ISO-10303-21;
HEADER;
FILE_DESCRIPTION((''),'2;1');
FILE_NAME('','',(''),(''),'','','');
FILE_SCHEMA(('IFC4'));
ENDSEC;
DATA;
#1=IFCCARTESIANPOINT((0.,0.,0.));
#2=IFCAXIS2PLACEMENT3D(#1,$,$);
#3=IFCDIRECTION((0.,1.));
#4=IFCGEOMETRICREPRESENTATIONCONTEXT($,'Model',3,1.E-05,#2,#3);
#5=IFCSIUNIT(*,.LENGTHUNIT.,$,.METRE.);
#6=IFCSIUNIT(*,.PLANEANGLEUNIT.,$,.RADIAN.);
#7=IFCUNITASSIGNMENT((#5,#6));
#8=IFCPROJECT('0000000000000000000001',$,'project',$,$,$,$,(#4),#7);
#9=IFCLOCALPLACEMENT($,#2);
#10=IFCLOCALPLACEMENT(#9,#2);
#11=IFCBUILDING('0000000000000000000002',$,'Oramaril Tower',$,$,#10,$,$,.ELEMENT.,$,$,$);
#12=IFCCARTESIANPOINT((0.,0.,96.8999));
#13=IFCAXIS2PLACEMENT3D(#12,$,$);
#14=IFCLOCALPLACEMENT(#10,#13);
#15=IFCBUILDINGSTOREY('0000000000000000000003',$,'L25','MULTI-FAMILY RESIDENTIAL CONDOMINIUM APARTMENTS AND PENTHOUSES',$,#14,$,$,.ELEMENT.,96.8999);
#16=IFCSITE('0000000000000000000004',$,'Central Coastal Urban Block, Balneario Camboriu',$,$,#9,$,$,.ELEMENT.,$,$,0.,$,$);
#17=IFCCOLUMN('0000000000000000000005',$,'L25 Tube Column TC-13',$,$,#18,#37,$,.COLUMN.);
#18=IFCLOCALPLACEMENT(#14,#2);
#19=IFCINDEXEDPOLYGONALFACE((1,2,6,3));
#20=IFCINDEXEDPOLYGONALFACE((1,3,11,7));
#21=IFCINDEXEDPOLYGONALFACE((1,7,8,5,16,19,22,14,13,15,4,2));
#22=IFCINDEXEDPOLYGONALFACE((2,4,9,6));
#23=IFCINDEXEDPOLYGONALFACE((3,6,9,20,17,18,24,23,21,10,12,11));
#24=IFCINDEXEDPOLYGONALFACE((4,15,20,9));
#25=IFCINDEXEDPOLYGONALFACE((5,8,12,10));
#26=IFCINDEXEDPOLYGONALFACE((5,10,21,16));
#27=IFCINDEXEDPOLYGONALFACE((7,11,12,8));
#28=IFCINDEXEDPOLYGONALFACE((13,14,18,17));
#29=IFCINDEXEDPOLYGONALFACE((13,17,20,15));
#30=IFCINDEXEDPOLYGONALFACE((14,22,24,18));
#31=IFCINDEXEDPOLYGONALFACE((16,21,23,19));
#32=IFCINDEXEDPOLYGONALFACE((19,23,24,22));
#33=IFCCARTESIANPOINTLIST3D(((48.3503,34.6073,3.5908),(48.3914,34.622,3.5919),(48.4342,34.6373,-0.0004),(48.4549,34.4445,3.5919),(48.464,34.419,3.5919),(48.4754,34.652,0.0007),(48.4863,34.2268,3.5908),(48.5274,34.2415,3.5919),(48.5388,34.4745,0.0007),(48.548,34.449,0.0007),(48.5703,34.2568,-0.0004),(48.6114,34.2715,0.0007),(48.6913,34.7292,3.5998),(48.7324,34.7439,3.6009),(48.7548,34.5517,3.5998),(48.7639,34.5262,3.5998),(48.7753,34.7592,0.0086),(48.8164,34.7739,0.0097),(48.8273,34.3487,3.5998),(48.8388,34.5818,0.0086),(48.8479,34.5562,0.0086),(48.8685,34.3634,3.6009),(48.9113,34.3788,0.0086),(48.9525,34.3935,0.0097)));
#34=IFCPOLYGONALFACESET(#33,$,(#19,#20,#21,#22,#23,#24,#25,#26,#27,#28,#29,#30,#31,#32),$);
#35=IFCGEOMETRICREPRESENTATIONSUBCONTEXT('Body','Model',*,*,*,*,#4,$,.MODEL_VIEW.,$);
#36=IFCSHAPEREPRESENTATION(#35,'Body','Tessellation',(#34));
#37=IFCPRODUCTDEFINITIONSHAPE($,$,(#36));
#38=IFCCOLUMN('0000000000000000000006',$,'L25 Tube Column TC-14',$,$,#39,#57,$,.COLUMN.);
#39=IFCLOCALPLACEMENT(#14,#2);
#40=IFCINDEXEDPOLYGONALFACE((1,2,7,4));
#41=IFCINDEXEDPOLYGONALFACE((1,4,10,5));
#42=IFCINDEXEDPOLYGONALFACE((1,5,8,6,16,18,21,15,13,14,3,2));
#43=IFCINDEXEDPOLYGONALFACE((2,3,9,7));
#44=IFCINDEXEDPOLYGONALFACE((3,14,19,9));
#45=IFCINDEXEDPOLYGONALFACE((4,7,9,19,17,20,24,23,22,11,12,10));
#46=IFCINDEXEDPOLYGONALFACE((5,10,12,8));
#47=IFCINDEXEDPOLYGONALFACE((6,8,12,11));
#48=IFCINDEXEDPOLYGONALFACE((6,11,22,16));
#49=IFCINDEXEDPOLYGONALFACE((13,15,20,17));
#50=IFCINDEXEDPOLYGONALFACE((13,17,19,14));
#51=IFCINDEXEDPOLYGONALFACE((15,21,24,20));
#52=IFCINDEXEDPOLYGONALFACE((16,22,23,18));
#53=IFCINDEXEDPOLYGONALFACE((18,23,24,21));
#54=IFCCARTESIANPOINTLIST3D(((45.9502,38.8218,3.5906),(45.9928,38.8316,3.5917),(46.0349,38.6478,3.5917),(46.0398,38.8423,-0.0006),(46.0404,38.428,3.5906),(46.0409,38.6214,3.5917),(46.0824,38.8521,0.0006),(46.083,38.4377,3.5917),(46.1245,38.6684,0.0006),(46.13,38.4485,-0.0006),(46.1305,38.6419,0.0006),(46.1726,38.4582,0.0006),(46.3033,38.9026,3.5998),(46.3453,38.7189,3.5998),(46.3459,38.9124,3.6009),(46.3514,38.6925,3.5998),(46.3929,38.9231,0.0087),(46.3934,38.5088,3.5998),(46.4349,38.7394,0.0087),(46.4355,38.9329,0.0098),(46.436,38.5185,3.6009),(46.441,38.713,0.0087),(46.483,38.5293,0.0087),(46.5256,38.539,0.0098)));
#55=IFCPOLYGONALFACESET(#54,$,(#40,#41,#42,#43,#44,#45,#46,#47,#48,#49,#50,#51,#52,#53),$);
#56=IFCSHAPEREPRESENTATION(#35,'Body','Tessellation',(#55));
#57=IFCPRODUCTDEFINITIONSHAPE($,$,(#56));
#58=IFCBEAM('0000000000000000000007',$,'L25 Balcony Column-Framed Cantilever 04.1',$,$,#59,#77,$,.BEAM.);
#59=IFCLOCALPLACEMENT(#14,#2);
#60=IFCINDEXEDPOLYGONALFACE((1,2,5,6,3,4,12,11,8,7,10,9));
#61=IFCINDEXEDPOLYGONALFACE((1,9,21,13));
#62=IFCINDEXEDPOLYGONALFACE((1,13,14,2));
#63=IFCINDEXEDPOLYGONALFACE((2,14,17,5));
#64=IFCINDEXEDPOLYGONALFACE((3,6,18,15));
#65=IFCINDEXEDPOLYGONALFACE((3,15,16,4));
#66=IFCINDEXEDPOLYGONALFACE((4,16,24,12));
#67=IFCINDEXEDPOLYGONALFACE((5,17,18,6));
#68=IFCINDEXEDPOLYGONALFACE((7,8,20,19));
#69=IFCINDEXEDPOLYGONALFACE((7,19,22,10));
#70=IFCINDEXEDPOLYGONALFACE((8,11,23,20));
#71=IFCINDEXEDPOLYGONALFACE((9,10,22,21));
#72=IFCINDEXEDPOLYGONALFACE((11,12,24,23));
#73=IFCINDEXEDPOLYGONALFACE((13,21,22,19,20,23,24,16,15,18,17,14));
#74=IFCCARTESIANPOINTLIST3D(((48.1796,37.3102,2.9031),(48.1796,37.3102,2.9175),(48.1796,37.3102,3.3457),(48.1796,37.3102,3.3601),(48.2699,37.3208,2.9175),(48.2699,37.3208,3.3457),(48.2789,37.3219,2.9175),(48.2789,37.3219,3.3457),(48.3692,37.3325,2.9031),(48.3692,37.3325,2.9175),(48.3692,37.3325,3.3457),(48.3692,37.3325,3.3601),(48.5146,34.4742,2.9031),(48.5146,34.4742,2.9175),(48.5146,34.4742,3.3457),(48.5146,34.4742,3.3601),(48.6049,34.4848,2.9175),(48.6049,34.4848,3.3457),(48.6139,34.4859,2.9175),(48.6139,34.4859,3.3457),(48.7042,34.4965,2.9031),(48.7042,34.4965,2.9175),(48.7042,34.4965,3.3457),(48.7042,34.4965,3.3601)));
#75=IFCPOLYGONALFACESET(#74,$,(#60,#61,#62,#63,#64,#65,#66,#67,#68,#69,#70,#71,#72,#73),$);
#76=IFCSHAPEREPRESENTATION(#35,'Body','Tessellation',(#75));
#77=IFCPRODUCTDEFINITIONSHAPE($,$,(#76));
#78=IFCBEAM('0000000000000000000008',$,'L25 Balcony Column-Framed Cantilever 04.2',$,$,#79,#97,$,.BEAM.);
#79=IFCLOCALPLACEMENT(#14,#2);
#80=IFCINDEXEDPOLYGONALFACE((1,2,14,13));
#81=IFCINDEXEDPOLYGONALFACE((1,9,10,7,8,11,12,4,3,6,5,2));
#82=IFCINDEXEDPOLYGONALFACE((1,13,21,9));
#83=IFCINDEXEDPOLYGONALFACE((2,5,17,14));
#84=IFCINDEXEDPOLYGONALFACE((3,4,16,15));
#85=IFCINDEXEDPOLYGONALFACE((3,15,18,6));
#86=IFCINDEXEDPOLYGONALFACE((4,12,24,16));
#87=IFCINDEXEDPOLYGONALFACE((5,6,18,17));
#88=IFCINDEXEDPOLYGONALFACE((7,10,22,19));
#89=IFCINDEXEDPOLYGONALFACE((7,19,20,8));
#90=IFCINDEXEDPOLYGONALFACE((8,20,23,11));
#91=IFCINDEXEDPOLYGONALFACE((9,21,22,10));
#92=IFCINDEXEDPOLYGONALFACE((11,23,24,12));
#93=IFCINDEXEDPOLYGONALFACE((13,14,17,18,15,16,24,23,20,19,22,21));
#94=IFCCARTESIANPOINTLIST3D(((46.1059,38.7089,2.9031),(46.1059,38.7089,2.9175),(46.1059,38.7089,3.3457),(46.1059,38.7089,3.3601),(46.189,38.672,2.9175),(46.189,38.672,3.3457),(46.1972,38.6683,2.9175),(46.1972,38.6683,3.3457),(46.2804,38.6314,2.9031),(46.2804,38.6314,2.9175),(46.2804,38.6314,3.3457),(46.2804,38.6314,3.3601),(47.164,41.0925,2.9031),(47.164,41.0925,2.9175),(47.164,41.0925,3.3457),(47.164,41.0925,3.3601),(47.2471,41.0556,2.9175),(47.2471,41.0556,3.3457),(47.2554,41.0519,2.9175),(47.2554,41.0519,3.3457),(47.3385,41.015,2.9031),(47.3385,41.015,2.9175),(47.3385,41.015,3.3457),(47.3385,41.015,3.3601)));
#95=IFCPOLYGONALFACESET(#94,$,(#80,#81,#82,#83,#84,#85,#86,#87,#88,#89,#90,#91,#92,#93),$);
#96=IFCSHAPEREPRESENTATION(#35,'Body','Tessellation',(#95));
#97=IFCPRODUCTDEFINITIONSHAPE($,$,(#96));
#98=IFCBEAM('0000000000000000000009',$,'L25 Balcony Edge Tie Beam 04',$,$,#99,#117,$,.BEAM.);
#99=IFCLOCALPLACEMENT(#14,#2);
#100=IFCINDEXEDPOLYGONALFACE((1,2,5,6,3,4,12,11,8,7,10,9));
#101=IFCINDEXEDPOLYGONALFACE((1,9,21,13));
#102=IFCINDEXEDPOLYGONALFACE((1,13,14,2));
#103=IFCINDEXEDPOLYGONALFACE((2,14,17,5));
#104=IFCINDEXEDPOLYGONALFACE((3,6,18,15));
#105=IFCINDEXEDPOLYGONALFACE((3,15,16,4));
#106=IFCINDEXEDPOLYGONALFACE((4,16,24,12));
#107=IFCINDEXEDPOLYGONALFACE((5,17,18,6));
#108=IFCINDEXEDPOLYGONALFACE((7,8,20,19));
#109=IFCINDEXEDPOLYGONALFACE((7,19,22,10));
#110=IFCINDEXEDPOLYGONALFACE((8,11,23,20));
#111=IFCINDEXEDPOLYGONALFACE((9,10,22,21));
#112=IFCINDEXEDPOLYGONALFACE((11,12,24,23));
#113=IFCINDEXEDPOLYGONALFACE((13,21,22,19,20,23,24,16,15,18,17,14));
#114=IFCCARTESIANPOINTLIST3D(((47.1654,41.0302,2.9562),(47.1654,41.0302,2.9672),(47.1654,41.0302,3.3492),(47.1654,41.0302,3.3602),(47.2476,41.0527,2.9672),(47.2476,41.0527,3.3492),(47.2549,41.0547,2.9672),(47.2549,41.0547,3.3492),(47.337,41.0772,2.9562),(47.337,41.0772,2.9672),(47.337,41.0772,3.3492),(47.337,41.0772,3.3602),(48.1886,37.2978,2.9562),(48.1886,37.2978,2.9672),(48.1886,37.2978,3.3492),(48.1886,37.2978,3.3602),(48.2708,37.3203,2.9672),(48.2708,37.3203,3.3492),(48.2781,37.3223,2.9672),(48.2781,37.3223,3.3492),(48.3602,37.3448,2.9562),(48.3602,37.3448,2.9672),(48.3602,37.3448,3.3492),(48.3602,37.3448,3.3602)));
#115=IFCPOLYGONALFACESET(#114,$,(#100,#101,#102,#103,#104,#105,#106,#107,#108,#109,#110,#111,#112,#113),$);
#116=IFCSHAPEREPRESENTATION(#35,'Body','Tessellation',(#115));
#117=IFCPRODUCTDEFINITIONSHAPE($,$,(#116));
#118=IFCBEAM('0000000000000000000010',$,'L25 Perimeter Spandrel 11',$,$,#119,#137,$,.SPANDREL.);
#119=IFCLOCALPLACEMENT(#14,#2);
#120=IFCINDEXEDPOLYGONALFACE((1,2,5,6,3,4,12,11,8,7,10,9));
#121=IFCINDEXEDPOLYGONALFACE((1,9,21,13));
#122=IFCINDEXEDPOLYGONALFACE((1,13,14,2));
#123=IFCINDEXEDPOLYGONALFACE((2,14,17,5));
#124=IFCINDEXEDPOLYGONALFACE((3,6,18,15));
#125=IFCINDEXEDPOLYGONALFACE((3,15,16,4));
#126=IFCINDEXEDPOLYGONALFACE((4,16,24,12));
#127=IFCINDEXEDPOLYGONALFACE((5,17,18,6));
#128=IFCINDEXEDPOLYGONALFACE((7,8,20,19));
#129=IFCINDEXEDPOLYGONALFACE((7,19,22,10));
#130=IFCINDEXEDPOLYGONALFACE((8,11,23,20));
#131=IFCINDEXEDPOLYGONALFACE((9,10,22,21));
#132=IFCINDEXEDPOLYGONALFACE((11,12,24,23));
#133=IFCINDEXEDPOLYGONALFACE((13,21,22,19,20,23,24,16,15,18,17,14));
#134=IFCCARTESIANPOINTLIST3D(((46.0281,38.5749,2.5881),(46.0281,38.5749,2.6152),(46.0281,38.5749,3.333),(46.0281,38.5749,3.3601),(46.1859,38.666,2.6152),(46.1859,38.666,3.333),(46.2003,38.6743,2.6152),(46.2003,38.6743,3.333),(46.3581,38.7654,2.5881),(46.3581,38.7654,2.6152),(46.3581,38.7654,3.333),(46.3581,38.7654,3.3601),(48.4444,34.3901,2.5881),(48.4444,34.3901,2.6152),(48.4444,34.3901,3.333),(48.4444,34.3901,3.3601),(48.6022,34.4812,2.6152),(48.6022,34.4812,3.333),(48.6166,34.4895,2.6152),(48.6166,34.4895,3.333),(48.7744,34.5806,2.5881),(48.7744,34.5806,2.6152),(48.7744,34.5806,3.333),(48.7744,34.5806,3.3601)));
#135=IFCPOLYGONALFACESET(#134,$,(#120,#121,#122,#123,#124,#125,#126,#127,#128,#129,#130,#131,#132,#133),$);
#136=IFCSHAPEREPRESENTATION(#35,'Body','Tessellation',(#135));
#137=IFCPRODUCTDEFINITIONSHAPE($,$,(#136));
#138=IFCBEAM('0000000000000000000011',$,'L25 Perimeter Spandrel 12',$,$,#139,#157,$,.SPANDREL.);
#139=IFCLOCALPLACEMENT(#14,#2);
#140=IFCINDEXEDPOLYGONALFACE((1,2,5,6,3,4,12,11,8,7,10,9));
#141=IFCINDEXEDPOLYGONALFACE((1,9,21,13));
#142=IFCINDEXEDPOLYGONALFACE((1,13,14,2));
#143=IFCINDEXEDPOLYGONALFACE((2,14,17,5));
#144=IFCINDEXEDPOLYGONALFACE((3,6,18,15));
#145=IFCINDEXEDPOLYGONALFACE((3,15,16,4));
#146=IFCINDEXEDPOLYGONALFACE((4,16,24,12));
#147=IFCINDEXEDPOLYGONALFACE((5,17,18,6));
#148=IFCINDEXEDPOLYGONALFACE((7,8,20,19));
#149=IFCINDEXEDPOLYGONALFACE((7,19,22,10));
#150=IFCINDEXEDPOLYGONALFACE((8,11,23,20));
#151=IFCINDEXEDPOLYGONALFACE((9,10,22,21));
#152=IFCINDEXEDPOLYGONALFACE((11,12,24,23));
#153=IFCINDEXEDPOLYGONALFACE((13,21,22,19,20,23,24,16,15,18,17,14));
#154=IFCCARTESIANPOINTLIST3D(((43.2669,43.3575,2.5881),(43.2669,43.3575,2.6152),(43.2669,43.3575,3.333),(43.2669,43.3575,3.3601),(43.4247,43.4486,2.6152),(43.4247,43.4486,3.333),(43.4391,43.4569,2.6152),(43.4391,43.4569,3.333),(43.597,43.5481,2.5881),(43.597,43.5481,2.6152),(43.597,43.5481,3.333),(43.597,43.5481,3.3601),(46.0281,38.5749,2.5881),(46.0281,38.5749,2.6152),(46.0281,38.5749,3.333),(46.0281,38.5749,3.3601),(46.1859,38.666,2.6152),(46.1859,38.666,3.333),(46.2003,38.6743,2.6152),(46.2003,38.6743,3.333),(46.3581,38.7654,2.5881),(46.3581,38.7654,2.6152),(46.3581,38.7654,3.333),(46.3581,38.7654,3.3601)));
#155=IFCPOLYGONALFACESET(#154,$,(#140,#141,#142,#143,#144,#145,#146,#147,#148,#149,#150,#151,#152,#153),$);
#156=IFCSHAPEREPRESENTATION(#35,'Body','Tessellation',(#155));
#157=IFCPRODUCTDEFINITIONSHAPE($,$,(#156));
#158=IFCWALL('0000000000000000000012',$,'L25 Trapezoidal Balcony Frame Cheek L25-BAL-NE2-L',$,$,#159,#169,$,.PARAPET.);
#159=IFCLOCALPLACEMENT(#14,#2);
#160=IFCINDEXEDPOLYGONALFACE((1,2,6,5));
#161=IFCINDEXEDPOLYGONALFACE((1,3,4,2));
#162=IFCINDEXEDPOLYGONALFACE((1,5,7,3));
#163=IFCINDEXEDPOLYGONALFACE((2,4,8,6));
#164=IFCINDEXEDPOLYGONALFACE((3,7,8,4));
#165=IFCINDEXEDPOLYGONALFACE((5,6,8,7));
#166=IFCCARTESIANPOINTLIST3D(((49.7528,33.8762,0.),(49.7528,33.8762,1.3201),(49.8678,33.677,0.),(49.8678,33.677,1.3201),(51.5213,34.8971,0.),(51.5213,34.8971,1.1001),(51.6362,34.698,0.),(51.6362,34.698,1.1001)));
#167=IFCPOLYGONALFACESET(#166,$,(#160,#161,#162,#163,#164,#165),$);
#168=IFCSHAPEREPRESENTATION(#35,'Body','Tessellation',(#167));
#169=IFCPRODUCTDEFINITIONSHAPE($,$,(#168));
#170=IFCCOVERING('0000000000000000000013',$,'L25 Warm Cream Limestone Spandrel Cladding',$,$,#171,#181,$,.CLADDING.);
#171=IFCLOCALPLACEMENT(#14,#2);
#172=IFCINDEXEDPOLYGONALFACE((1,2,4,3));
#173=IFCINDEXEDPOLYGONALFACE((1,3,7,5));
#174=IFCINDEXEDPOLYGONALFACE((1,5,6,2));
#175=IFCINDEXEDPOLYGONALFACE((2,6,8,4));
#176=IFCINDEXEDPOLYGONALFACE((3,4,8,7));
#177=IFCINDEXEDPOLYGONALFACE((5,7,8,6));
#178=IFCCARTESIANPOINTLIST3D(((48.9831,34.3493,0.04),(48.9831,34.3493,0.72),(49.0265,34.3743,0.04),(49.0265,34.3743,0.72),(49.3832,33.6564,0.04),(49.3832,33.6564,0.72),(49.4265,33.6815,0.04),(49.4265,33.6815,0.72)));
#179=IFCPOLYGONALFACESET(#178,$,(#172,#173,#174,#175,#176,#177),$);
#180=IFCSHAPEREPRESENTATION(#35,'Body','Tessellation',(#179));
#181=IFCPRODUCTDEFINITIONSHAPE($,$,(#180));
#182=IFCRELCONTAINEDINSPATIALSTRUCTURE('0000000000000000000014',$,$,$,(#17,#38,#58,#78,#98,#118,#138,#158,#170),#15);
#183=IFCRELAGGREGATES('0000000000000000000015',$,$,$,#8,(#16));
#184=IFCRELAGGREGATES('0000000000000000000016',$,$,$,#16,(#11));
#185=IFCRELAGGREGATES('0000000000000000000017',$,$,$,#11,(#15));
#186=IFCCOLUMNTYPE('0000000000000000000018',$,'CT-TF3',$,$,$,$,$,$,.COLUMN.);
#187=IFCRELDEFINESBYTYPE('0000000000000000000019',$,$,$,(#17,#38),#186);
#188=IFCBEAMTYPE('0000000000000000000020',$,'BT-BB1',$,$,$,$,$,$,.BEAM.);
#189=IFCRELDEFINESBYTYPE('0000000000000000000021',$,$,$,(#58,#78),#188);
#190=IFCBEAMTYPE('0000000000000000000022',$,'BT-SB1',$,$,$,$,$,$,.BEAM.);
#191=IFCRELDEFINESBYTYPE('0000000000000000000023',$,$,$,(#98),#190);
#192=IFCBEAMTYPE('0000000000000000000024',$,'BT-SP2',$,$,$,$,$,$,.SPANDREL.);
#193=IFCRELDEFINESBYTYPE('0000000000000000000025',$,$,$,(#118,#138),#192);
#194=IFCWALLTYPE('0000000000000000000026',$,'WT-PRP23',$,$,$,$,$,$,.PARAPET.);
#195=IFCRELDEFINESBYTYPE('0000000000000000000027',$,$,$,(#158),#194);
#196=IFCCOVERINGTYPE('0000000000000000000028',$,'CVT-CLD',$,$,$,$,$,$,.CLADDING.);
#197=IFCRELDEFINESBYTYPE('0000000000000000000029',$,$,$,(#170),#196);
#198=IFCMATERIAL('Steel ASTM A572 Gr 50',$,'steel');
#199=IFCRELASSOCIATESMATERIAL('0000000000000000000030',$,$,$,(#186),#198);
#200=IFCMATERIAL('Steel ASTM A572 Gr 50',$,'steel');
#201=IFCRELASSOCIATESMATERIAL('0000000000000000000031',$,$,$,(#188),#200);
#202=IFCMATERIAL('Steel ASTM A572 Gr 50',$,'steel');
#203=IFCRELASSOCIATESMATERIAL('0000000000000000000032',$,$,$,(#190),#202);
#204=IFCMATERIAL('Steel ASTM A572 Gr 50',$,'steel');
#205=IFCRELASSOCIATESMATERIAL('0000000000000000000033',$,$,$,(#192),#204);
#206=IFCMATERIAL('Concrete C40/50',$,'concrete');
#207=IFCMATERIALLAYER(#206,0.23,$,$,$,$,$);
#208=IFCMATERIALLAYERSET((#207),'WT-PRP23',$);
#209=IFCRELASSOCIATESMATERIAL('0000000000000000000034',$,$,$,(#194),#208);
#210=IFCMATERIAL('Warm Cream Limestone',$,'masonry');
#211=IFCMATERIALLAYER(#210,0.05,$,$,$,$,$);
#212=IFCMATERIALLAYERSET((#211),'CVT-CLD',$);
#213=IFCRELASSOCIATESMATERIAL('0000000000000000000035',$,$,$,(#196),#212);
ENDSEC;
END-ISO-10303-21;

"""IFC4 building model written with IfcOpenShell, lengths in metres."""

from ifc_helpers import new_model, si_unit, direction, frame, origin, origin_2d, place, context, subcontext, project, spatial, polyline, rectangle, i_section, outline, extrude, material, layer, layer_set, material_profile, profile_set, type_object, element, save


model = new_model("IFC4")

# Units and contexts
model_context = context("Model", 3, precision=1e-05, world=origin(), true_north=direction((0.0, 1.0)))
body_context = subcontext(model_context, "Body", "Model", "MODEL_VIEW")
ifc_project = project(units=[si_unit("LENGTHUNIT", "METRE"), si_unit("PLANEANGLEUNIT", "RADIAN")], contexts=[model_context])

# Site, building, storey
site_placement = place(None, origin())
site = spatial("IfcSite", under=ifc_project, at=site_placement, Name="Central Coastal Urban Block, Balneario Camboriu", CompositionType="ELEMENT", RefElevation=0.0)
building_placement = place(site_placement, origin())
building = spatial("IfcBuilding", under=site, at=building_placement, Name="Oramaril Tower", CompositionType="ELEMENT")
storey_placement = place(building_placement, frame((0.0, 0.0, 96.8999)))
storey = spatial("IfcBuildingStorey", under=building, at=storey_placement, Name="L25", Description="MULTI-FAMILY RESIDENTIAL CONDOMINIUM APARTMENTS AND PENTHOUSES", CompositionType="ELEMENT", Elevation=96.8999)

# Columns
ifc_material_1 = material(Name="Steel ASTM A572 Gr 50", Category="steel")
ifc_material_profile_1 = material_profile(ifc_material_1, i_section(OverallWidth=0.4041, OverallDepth=0.406, WebThickness=0.0271, FlangeThickness=0.0437, at=origin_2d()), Name="W14X233")
ifc_profile_set_1 = profile_set([ifc_material_profile_1], Name="Steel ASTM A572 Gr 50")
column_type = type_object("IfcColumnType", Name="CT-TF3", PredefinedType="COLUMN", material=ifc_profile_set_1)
for number, where, z_axis, x_axis, name in (
    (1, (48.6934, 34.5154, 0.0046), (-0.02338, -0.00836, 0.999692), (0.336683, -0.941618, 0.0), "L25 Tube Column TC-13"),
    (2, (46.2827, 38.6907, 0.0046), (-0.024943, -0.005709, 0.999673), (0.223113, -0.974793, 0.0), "L25 Tube Column TC-14"),
):
    element("IfcColumn", number, at=place(storey_placement, frame(where, z_axis=z_axis, x_axis=x_axis)), inside=storey, type_object=column_type, Name=name, PredefinedType="COLUMN", context=body_context, shape_type="SweptSolid", body=[
        extrude(i_section(OverallWidth=0.4041, OverallDepth=0.406, WebThickness=0.0271, FlangeThickness=0.0437, at=origin_2d()), origin(), (0.0, 0.0, 1.0), 3.5923),
    ])

# Beams
ifc_material_2 = material(Name="Steel ASTM A572 Gr 50", Category="steel")
ifc_material_profile_2 = material_profile(ifc_material_2, i_section(OverallWidth=0.1909, OverallDepth=0.457, WebThickness=0.009, FlangeThickness=0.0144, at=origin_2d()), Name="W18X50")
ifc_profile_set_2 = profile_set([ifc_material_profile_2], Name="Steel ASTM A572 Gr 50")
beam_type_1 = type_object("IfcBeamType", Name="BT-BB1", PredefinedType="BEAM", material=ifc_profile_set_2)
beam_1_placement = place(storey_placement, frame((48.6094, 34.4854, 3.1316), z_axis=(-0.117298, 0.993097, 0.0), x_axis=(-0.993097, -0.117298, 0.0)))
element("IfcBeam", 3, at=beam_1_placement, inside=storey, type_object=beam_type_1, Name="L25 Balcony Column-Framed Cantilever 04.1", PredefinedType="BEAM", context=body_context, shape_type="SweptSolid", body=[
    extrude(i_section(OverallWidth=0.1909, OverallDepth=0.457, WebThickness=0.009, FlangeThickness=0.0144, at=origin_2d()), origin(), (0.0, 0.0, 1.0), 2.8557),
])
beam_2_placement = place(storey_placement, frame((46.1931, 38.6702, 3.1316), z_axis=(0.405739, 0.913989, 0.0), x_axis=(-0.913989, 0.405739, 0.0)))
element("IfcBeam", 4, at=beam_2_placement, inside=storey, type_object=beam_type_1, Name="L25 Balcony Column-Framed Cantilever 04.2", PredefinedType="BEAM", context=body_context, shape_type="SweptSolid", body=[
    extrude(i_section(OverallWidth=0.1909, OverallDepth=0.457, WebThickness=0.009, FlangeThickness=0.0144, at=origin_2d()), origin(), (0.0, 0.0, 1.0), 2.6079),
])
ifc_material_3 = material(Name="Steel ASTM A572 Gr 50", Category="steel")
ifc_material_profile_3 = material_profile(ifc_material_3, i_section(OverallWidth=0.178, OverallDepth=0.4041, WebThickness=0.0076, FlangeThickness=0.011, at=origin_2d()), Name="W16X36")
ifc_profile_set_3 = profile_set([ifc_material_profile_3], Name="Steel ASTM A572 Gr 50")
beam_type_2 = type_object("IfcBeamType", Name="BT-SB1", PredefinedType="BEAM", material=ifc_profile_set_3)
beam_3_placement = place(storey_placement, frame((48.2744, 37.3213, 3.1582), z_axis=(-0.264382, 0.964418, 0.0), x_axis=(-0.964418, -0.264382, 0.0)))
element("IfcBeam", 5, at=beam_3_placement, inside=storey, type_object=beam_type_2, Name="L25 Balcony Edge Tie Beam 04", PredefinedType="BEAM", context=body_context, shape_type="SweptSolid", body=[
    extrude(i_section(OverallWidth=0.178, OverallDepth=0.4041, WebThickness=0.0076, FlangeThickness=0.011, at=origin_2d()), origin(), (0.0, 0.0, 1.0), 3.8701),
])
ifc_material_4 = material(Name="Steel ASTM A572 Gr 50", Category="steel")
ifc_material_profile_4 = material_profile(ifc_material_4, i_section(OverallWidth=0.3811, OverallDepth=0.772, WebThickness=0.0166, FlangeThickness=0.0271, at=origin_2d()), Name="W30X173")
ifc_profile_set_4 = profile_set([ifc_material_profile_4], Name="Steel ASTM A572 Gr 50")
beam_type_3 = type_object("IfcBeamType", Name="BT-SP2", PredefinedType="SPANDREL", material=ifc_profile_set_4)
beam_4_placement = place(storey_placement, frame((48.6094, 34.4854, 2.9741), z_axis=(-0.500024, 0.866011, 0.0), x_axis=(-0.866011, -0.500024, 0.0)))
element("IfcBeam", 6, at=beam_4_placement, inside=storey, type_object=beam_type_3, Name="L25 Perimeter Spandrel 11", PredefinedType="SPANDREL", context=body_context, shape_type="SweptSolid", body=[
    extrude(i_section(OverallWidth=0.3811, OverallDepth=0.772, WebThickness=0.0166, FlangeThickness=0.0271, at=origin_2d()), origin(), (0.0, 0.0, 1.0), 4.8323),
])
beam_5_placement = place(storey_placement, frame((46.1931, 38.6702, 2.9741), z_axis=(-0.49999, 0.866031, 0.0), x_axis=(-0.866031, -0.49999, 0.0)))
element("IfcBeam", 7, at=beam_5_placement, inside=storey, type_object=beam_type_3, Name="L25 Perimeter Spandrel 12", PredefinedType="SPANDREL", context=body_context, shape_type="SweptSolid", body=[
    extrude(i_section(OverallWidth=0.3811, OverallDepth=0.772, WebThickness=0.0166, FlangeThickness=0.0271, at=origin_2d()), origin(), (0.0, 0.0, 1.0), 5.5225),
])

# Wall
ifc_material_5 = material(Name="Concrete C40/50", Category="concrete")
ifc_layer_1 = layer(ifc_material_5, 0.23)
ifc_layer_set_1 = layer_set([ifc_layer_1], Name="WT-PRP23")
wall_type = type_object("IfcWallType", Name="WT-PRP23", PredefinedType="PARAPET", material=ifc_layer_set_1)
wall_placement = place(storey_placement, frame((49.8103, 33.7766, 0.0), z_axis=(0.0, 0.0, 1.0), x_axis=(0.866042, 0.499971, 0.0)))
element("IfcWall", 8, at=wall_placement, inside=storey, type_object=wall_type, Name="L25 Trapezoidal Balcony Frame Cheek L25-BAL-NE2-L", PredefinedType="PARAPET", context=body_context, shape_type="SweptSolid", body=[
    extrude(outline(polyline([(0.0, 0.0), (2.042, 0.0), (2.042, 1.1001), (0.0, 1.3201), (0.0, 0.0)])), frame((0.0, 0.115, 0.0), z_axis=(0.0, -1.0, 0.0), x_axis=(1.0, 0.0, 0.0)), (0.0, 0.0, 1.0), 0.23),
])

# Covering
ifc_material_6 = material(Name="Warm Cream Limestone", Category="masonry")
ifc_layer_2 = layer(ifc_material_6, 0.05)
ifc_layer_set_2 = layer_set([ifc_layer_2], Name="CVT-CLD")
covering_type = type_object("IfcCoveringType", Name="CVT-CLD", PredefinedType="CLADDING", material=ifc_layer_set_2)
covering_placement = place(storey_placement, frame((49.2048, 34.0154, 0.04), z_axis=(0.0, 0.0, 1.0), x_axis=(-0.5, 0.866025, 0.0)))
element("IfcCovering", 9, at=covering_placement, inside=storey, type_object=covering_type, Name="L25 Warm Cream Limestone Spandrel Cladding", PredefinedType="CLADDING", context=body_context, shape_type="SweptSolid", body=[
    extrude(rectangle(XDim=0.8, YDim=0.05, at=origin_2d()), origin(), (0.0, 0.0, 1.0), 0.6799),
])

save(model, "model.ifc")
